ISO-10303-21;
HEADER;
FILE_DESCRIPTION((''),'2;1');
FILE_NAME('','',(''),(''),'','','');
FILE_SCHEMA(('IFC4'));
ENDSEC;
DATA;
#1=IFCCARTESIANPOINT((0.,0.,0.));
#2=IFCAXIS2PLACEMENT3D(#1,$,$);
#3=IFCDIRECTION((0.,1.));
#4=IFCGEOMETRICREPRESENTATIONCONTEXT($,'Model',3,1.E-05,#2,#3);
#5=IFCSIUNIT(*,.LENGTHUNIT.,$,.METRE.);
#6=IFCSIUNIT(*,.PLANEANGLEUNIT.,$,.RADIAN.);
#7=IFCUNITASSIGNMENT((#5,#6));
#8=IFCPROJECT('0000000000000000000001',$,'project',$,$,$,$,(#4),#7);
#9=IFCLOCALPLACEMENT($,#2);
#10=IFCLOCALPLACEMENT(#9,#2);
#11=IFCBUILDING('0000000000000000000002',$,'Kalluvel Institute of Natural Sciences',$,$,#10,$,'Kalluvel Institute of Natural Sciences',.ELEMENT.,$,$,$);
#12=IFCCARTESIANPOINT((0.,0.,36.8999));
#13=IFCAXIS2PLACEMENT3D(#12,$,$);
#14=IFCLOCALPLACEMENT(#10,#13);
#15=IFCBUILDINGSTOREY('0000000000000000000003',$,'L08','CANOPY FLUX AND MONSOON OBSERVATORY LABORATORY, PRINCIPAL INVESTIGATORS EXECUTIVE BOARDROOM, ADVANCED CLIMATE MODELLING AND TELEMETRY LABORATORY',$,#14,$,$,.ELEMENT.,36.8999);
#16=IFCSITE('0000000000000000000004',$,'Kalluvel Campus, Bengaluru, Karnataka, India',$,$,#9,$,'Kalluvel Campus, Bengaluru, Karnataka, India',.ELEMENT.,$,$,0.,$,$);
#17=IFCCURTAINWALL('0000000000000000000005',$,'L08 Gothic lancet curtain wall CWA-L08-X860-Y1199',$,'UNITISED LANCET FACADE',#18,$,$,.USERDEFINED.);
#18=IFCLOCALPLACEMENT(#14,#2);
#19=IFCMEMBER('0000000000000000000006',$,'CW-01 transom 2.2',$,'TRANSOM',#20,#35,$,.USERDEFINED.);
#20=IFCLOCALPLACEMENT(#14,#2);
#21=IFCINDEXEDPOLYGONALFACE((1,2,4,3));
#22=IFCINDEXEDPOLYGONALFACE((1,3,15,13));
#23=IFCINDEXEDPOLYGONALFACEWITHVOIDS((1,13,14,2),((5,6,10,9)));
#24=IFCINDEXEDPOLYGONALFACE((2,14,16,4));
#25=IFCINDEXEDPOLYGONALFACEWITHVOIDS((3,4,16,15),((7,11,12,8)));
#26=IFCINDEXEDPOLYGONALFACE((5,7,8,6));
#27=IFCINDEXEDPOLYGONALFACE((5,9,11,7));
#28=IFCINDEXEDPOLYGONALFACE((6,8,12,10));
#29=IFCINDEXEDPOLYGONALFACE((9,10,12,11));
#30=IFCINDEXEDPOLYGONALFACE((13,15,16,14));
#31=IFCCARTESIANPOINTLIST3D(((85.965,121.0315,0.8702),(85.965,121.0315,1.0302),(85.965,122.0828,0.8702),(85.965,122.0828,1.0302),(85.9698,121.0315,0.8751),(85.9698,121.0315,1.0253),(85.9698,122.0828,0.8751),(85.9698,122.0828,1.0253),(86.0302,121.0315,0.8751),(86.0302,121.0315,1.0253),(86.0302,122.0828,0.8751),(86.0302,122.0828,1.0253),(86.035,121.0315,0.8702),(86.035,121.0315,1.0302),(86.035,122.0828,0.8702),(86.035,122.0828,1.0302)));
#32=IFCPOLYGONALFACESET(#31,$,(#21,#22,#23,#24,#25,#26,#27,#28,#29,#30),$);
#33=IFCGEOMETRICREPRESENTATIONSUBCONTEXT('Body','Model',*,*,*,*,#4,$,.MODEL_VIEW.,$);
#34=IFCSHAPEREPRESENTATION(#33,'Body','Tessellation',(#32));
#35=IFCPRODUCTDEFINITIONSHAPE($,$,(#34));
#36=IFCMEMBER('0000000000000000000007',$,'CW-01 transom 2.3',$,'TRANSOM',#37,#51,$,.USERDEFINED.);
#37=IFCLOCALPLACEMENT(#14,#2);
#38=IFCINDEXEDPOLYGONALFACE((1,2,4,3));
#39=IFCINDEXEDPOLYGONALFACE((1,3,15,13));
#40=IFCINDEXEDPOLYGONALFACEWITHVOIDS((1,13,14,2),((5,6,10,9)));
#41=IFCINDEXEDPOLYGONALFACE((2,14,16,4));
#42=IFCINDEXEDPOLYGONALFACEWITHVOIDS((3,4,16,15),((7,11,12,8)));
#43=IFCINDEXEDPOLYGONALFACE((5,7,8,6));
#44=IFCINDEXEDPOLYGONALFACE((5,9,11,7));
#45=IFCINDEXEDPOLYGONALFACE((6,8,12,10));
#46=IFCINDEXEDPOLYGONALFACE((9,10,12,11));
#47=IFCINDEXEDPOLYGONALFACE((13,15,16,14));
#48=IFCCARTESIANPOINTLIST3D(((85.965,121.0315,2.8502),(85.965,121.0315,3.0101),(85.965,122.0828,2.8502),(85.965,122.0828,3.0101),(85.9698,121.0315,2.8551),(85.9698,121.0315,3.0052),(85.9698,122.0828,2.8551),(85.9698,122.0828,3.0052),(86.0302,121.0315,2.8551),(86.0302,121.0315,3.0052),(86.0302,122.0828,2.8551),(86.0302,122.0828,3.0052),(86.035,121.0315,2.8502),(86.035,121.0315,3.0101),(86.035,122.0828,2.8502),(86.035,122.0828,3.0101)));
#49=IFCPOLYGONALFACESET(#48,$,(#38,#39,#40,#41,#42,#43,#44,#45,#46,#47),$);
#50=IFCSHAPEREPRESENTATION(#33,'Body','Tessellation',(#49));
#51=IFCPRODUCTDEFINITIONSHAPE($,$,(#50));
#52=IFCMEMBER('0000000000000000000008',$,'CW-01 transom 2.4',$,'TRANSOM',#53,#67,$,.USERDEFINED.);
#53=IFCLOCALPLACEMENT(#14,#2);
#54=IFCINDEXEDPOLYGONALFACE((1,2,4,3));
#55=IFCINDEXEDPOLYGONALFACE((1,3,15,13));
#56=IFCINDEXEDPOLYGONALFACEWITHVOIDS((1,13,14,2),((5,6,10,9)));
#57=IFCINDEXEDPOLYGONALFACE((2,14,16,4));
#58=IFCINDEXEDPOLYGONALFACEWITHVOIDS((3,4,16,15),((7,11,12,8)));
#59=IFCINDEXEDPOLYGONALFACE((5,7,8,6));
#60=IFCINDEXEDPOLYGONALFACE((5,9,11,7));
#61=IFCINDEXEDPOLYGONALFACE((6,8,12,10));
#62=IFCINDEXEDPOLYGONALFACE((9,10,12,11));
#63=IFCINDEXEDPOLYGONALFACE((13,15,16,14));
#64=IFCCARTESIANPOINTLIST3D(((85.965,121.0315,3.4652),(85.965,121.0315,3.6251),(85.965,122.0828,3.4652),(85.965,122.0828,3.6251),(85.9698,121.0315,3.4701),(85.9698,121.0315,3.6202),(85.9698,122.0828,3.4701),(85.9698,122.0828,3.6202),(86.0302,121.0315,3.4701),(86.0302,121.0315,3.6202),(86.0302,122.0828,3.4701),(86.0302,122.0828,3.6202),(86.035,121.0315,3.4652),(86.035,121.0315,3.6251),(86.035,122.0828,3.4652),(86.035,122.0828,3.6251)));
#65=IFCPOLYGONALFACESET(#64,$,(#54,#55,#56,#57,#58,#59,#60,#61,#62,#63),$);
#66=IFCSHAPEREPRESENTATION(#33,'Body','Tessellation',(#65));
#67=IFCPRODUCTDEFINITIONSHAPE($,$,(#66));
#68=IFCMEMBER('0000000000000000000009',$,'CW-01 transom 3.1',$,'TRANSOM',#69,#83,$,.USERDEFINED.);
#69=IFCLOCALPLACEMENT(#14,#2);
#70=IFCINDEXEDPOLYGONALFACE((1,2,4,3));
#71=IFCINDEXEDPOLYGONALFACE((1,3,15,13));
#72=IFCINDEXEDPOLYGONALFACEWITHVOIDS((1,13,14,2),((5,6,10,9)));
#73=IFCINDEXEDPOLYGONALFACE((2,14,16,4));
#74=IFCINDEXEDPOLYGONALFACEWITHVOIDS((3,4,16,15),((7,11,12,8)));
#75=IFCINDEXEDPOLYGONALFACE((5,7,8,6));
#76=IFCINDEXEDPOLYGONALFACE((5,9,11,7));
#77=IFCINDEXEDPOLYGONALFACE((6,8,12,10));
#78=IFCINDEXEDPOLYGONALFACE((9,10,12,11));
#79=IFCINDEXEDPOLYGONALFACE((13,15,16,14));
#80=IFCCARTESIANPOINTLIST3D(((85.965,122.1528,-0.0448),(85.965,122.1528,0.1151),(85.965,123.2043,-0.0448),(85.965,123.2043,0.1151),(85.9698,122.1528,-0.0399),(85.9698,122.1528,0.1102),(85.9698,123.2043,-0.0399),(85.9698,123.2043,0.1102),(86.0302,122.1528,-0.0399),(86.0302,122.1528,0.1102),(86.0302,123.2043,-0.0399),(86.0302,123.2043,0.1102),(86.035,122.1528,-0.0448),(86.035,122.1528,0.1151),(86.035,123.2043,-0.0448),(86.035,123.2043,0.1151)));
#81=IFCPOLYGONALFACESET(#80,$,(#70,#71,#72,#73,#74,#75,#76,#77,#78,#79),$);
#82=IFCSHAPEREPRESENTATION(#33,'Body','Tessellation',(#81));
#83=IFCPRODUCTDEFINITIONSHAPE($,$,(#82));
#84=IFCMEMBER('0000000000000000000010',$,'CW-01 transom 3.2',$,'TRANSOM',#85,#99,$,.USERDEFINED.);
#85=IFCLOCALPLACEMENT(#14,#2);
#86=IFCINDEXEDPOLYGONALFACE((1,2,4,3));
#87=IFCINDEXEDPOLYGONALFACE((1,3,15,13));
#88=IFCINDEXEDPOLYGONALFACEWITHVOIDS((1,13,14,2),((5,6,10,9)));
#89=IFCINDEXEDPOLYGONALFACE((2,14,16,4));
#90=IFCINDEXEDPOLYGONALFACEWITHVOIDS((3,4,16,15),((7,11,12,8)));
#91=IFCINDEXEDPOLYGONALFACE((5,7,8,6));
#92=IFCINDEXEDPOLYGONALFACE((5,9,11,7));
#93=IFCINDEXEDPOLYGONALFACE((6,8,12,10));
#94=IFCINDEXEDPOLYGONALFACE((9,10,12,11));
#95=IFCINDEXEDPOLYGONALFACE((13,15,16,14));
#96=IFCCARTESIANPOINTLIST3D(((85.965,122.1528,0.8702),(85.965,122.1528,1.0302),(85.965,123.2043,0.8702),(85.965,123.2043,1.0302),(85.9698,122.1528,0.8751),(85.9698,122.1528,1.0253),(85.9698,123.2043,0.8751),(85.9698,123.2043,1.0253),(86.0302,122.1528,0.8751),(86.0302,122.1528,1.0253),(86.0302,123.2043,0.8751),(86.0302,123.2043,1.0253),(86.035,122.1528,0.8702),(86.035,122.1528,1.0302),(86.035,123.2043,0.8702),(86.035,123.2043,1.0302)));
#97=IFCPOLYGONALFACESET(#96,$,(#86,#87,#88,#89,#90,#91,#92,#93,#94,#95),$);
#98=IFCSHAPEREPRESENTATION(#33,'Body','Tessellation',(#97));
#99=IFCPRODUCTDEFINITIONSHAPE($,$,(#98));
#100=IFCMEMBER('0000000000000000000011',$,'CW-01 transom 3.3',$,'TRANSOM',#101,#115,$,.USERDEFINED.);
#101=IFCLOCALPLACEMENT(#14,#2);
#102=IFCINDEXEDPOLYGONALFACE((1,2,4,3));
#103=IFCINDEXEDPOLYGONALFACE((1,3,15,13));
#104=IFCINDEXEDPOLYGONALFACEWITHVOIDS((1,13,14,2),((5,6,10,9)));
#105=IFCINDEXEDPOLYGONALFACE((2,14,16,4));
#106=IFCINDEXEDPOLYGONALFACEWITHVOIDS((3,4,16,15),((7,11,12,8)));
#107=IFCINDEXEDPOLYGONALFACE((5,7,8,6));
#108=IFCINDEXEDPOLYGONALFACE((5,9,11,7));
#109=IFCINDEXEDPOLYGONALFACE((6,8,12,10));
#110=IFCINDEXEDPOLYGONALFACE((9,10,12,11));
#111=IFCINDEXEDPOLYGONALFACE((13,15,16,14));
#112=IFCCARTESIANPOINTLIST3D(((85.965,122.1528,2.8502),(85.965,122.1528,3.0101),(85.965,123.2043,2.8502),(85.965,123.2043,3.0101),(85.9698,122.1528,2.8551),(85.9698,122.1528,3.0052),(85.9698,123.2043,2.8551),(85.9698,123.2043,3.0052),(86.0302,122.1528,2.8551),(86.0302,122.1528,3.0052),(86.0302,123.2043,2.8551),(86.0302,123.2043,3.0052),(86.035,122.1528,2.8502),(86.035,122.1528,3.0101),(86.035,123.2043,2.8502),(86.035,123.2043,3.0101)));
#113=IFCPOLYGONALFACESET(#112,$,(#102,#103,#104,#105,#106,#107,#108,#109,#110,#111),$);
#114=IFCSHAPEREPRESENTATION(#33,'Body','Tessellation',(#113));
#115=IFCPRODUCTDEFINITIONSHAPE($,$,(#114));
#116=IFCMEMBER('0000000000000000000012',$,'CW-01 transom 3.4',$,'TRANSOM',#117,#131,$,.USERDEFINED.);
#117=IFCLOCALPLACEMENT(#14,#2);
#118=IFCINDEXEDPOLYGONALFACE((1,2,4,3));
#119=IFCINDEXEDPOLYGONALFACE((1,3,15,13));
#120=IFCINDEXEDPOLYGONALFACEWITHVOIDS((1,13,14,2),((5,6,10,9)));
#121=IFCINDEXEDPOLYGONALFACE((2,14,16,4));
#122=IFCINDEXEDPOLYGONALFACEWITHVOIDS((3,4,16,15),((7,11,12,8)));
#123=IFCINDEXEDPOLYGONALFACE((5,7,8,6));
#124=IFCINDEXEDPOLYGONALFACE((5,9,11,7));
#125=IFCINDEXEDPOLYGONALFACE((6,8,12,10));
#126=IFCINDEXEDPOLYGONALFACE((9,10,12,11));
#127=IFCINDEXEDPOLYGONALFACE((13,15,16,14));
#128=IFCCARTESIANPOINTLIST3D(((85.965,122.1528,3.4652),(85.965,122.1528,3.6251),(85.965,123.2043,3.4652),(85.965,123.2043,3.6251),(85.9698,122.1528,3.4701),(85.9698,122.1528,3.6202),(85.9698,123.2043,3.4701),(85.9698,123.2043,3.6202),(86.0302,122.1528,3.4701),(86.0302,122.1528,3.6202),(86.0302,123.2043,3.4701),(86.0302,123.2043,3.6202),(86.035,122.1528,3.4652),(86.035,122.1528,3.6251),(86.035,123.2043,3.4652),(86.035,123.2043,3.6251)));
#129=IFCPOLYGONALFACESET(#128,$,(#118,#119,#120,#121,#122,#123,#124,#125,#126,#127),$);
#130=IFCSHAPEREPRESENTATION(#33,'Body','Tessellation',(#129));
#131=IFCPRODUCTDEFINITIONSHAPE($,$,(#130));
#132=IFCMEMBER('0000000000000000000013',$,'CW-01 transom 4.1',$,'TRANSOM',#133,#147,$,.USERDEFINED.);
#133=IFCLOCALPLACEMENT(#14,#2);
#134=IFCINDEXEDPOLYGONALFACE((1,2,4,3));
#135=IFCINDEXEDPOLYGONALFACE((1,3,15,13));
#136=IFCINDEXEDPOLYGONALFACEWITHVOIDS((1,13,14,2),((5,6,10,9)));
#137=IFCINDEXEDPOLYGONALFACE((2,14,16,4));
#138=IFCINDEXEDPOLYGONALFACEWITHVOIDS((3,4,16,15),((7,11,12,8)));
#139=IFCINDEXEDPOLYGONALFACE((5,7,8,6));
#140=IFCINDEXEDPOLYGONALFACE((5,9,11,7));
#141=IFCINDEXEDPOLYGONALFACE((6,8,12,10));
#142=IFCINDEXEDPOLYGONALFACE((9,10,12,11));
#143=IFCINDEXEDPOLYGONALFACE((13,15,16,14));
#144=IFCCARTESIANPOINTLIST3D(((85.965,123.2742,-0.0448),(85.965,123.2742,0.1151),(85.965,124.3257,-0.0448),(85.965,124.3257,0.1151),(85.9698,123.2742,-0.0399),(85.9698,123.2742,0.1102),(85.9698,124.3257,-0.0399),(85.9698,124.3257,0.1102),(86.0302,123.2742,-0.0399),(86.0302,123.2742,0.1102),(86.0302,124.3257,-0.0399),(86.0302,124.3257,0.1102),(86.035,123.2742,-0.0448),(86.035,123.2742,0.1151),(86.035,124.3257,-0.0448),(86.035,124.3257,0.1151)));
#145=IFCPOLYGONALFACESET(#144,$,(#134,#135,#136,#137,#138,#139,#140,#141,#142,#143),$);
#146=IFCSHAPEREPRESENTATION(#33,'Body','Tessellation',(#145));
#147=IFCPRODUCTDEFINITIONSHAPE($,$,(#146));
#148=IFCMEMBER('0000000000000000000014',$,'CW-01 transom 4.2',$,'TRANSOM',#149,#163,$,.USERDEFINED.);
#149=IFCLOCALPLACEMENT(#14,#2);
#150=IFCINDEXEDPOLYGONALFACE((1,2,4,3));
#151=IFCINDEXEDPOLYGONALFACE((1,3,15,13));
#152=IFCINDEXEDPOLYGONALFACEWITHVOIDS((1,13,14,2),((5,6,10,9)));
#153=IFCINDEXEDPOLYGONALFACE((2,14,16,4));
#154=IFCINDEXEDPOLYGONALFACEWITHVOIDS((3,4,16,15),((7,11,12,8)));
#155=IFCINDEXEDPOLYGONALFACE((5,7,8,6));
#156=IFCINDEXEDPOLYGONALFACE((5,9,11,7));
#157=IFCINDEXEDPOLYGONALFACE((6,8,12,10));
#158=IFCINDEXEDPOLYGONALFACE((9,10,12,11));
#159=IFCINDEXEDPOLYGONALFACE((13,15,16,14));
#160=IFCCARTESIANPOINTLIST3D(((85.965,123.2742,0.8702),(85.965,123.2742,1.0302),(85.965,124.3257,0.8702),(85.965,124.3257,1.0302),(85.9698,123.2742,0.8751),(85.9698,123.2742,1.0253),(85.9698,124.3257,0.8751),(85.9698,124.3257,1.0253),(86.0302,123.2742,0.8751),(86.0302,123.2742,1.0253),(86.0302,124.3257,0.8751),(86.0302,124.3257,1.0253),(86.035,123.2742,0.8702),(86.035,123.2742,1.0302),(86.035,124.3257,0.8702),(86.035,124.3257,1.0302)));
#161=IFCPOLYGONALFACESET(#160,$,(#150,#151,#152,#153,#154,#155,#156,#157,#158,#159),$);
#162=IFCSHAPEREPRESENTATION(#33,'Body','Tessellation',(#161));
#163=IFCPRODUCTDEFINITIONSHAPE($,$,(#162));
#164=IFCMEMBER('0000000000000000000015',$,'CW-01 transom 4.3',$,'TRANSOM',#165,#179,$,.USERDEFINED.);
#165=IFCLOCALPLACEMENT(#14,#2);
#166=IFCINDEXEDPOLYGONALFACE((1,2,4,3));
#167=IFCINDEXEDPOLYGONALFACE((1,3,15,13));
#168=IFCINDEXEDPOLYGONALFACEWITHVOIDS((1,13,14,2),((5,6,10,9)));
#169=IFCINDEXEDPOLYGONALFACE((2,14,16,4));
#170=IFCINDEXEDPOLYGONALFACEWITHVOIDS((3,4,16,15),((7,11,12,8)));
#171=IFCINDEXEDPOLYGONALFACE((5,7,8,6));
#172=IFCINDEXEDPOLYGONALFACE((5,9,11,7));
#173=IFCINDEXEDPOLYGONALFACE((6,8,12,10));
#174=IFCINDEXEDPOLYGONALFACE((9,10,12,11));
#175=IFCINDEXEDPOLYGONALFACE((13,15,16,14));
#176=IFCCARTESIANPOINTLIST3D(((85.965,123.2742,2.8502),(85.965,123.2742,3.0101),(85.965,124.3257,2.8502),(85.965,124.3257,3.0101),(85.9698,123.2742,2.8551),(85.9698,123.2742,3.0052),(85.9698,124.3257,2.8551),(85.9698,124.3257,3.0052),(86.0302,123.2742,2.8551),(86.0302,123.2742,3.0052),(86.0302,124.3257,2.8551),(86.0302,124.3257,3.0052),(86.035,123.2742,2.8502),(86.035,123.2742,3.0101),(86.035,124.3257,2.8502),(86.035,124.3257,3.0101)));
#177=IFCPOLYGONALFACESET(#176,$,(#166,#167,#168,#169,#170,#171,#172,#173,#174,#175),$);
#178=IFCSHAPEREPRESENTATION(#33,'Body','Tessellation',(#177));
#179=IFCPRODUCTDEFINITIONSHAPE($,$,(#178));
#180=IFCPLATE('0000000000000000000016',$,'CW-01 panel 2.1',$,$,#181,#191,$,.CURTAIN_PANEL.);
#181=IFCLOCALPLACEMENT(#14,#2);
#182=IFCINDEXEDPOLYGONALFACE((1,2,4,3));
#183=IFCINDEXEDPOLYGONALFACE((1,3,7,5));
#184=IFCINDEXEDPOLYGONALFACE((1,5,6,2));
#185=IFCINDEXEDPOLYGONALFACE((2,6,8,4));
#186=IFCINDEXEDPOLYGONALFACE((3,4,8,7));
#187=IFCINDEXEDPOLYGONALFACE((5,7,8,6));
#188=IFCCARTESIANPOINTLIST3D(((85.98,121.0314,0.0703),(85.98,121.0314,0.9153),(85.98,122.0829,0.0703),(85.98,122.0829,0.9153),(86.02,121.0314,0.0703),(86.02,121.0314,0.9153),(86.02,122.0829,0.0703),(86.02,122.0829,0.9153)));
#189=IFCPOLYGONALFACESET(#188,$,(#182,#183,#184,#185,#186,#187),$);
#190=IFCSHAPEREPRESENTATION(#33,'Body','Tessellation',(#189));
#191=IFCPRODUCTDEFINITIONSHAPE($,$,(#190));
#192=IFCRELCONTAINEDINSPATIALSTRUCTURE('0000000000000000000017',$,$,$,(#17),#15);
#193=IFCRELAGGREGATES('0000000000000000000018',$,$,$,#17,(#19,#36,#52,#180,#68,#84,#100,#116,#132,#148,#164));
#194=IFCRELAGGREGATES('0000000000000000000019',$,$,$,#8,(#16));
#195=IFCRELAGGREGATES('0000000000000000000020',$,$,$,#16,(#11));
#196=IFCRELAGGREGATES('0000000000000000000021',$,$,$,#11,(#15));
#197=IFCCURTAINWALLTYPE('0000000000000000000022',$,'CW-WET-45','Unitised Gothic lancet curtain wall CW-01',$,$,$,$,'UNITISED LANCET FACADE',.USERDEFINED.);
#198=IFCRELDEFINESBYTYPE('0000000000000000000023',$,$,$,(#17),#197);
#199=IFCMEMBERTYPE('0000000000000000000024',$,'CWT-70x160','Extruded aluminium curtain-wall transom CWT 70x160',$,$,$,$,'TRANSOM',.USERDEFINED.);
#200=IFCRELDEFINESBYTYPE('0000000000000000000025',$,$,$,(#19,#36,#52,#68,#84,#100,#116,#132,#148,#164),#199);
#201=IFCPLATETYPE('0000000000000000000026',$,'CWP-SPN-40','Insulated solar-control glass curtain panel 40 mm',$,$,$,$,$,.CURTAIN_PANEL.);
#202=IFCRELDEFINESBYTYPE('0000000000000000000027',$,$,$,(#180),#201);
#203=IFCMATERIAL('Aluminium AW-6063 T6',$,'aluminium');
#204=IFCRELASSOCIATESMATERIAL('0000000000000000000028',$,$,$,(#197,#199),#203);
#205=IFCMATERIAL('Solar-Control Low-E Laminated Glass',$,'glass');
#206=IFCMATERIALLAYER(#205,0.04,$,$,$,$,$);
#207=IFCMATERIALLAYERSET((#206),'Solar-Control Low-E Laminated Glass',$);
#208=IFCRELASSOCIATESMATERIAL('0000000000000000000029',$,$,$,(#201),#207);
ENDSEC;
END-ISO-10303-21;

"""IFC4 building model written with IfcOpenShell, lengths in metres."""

from ifc_helpers import new_model, si_unit, direction, frame, origin, origin_2d, place, context, subcontext, project, spatial, rectangle, hollow_rectangle, extrude, material, layer, layer_set, material_profile, profile_set, type_object, element, aggregate, save


model = new_model("IFC4")

# Units and contexts
model_context = context("Model", 3, precision=1e-05, world=origin(), true_north=direction((0.0, 1.0)))
body_context = subcontext(model_context, "Body", "Model", "MODEL_VIEW")
ifc_project = project(units=[si_unit("LENGTHUNIT", "METRE"), si_unit("PLANEANGLEUNIT", "RADIAN")], contexts=[model_context])

# Site, building, storey
site_placement = place(None, origin())
site = spatial("IfcSite", under=ifc_project, at=site_placement, Name="Kalluvel Campus, Bengaluru, Karnataka, India", LongName="Kalluvel Campus, Bengaluru, Karnataka, India", CompositionType="ELEMENT", RefElevation=0.0)
building_placement = place(site_placement, origin())
building = spatial("IfcBuilding", under=site, at=building_placement, Name="Kalluvel Institute of Natural Sciences", LongName="Kalluvel Institute of Natural Sciences", CompositionType="ELEMENT")
storey_placement = place(building_placement, frame((0.0, 0.0, 36.8999)))
storey = spatial("IfcBuildingStorey", under=building, at=storey_placement, Name="L08", Description="CANOPY FLUX AND MONSOON OBSERVATORY LABORATORY, PRINCIPAL INVESTIGATORS EXECUTIVE BOARDROOM, ADVANCED CLIMATE MODELLING AND TELEMETRY LABORATORY", CompositionType="ELEMENT", Elevation=36.8999)

# Curtain wall, members, plate
ifc_material_1 = material(Name="Aluminium AW-6063 T6", Category="aluminium")
curtain_wall_type = type_object("IfcCurtainWallType", Name="CW-WET-45", Description="Unitised Gothic lancet curtain wall CW-01", ElementType="UNITISED LANCET FACADE", PredefinedType="USERDEFINED", material=ifc_material_1)
curtain_wall_placement = place(storey_placement, origin())
curtain_wall = element("IfcCurtainWall", 1, at=curtain_wall_placement, inside=storey, type_object=curtain_wall_type, Name="L08 Gothic lancet curtain wall CWA-L08-X860-Y1199", ObjectType="UNITISED LANCET FACADE", PredefinedType="USERDEFINED")
ifc_material_profile_1 = material_profile(ifc_material_1, hollow_rectangle(XDim=0.0701, YDim=0.1599, WallThickness=0.0049, at=origin_2d()), Name="CWT 70x160")
ifc_profile_set_1 = profile_set([ifc_material_profile_1], Name="Aluminium AW-6063 T6")
member_type_1 = type_object("IfcMemberType", Name="CWT-70x160", Description="Extruded aluminium curtain-wall transom CWT 70x160", ElementType="TRANSOM", PredefinedType="USERDEFINED", material=ifc_profile_set_1)
member_1_placement = place(storey_placement, frame((86.0, 121.0315, 0.9502), z_axis=(0.0, 1.0, 0.0), x_axis=(-1.0, 0.0, 0.0)))
member_1 = element("IfcMember", 2, at=member_1_placement, type_object=member_type_1, Name="CW-01 transom 2.2", ObjectType="TRANSOM", PredefinedType="USERDEFINED", context=body_context, shape_type="SweptSolid", body=[
    extrude(hollow_rectangle(XDim=0.0701, YDim=0.1599, WallThickness=0.0049, at=origin_2d()), origin(), (0.0, 0.0, 1.0), 1.0513),
])
member_2_placement = place(storey_placement, frame((86.0, 121.0315, 2.9302), z_axis=(0.0, 1.0, 0.0), x_axis=(-1.0, 0.0, 0.0)))
member_2 = element("IfcMember", 3, at=member_2_placement, type_object=member_type_1, Name="CW-01 transom 2.3", ObjectType="TRANSOM", PredefinedType="USERDEFINED", context=body_context, shape_type="SweptSolid", body=[
    extrude(hollow_rectangle(XDim=0.0701, YDim=0.1599, WallThickness=0.0049, at=origin_2d()), origin(), (0.0, 0.0, 1.0), 1.0513),
])
member_3_placement = place(storey_placement, frame((86.0, 121.0315, 3.5452), z_axis=(0.0, 1.0, 0.0), x_axis=(-1.0, 0.0, 0.0)))
member_3 = element("IfcMember", 4, at=member_3_placement, type_object=member_type_1, Name="CW-01 transom 2.4", ObjectType="TRANSOM", PredefinedType="USERDEFINED", context=body_context, shape_type="SweptSolid", body=[
    extrude(hollow_rectangle(XDim=0.0701, YDim=0.1599, WallThickness=0.0049, at=origin_2d()), origin(), (0.0, 0.0, 1.0), 1.0513),
])
member_4_placement = place(storey_placement, frame((86.0, 122.1528, 0.0352), z_axis=(0.0, 1.0, 0.0), x_axis=(-1.0, 0.0, 0.0)))
member_4 = element("IfcMember", 5, at=member_4_placement, type_object=member_type_1, Name="CW-01 transom 3.1", ObjectType="TRANSOM", PredefinedType="USERDEFINED", context=body_context, shape_type="SweptSolid", body=[
    extrude(hollow_rectangle(XDim=0.0701, YDim=0.1599, WallThickness=0.0049, at=origin_2d()), origin(), (0.0, 0.0, 1.0), 1.0515),
])
member_5_placement = place(storey_placement, frame((86.0, 122.1528, 0.9502), z_axis=(0.0, 1.0, 0.0), x_axis=(-1.0, 0.0, 0.0)))
member_5 = element("IfcMember", 6, at=member_5_placement, type_object=member_type_1, Name="CW-01 transom 3.2", ObjectType="TRANSOM", PredefinedType="USERDEFINED", context=body_context, shape_type="SweptSolid", body=[
    extrude(hollow_rectangle(XDim=0.0701, YDim=0.1599, WallThickness=0.0049, at=origin_2d()), origin(), (0.0, 0.0, 1.0), 1.0515),
])
member_6_placement = place(storey_placement, frame((86.0, 122.1528, 2.9302), z_axis=(0.0, 1.0, 0.0), x_axis=(-1.0, 0.0, 0.0)))
member_6 = element("IfcMember", 7, at=member_6_placement, type_object=member_type_1, Name="CW-01 transom 3.3", ObjectType="TRANSOM", PredefinedType="USERDEFINED", context=body_context, shape_type="SweptSolid", body=[
    extrude(hollow_rectangle(XDim=0.0701, YDim=0.1599, WallThickness=0.0049, at=origin_2d()), origin(), (0.0, 0.0, 1.0), 1.0515),
])
member_7_placement = place(storey_placement, frame((86.0, 122.1528, 3.5452), z_axis=(0.0, 1.0, 0.0), x_axis=(-1.0, 0.0, 0.0)))
member_7 = element("IfcMember", 8, at=member_7_placement, type_object=member_type_1, Name="CW-01 transom 3.4", ObjectType="TRANSOM", PredefinedType="USERDEFINED", context=body_context, shape_type="SweptSolid", body=[
    extrude(hollow_rectangle(XDim=0.0701, YDim=0.1599, WallThickness=0.0049, at=origin_2d()), origin(), (0.0, 0.0, 1.0), 1.0515),
])
member_8_placement = place(storey_placement, frame((86.0, 123.2742, 0.0352), z_axis=(0.0, 1.0, 0.0), x_axis=(-1.0, 0.0, 0.0)))
member_8 = element("IfcMember", 9, at=member_8_placement, type_object=member_type_1, Name="CW-01 transom 4.1", ObjectType="TRANSOM", PredefinedType="USERDEFINED", context=body_context, shape_type="SweptSolid", body=[
    extrude(hollow_rectangle(XDim=0.0701, YDim=0.1599, WallThickness=0.0049, at=origin_2d()), origin(), (0.0, 0.0, 1.0), 1.0515),
])
member_9_placement = place(storey_placement, frame((86.0, 123.2742, 0.9502), z_axis=(0.0, 1.0, 0.0), x_axis=(-1.0, 0.0, 0.0)))
member_9 = element("IfcMember", 10, at=member_9_placement, type_object=member_type_1, Name="CW-01 transom 4.2", ObjectType="TRANSOM", PredefinedType="USERDEFINED", context=body_context, shape_type="SweptSolid", body=[
    extrude(hollow_rectangle(XDim=0.0701, YDim=0.1599, WallThickness=0.0049, at=origin_2d()), origin(), (0.0, 0.0, 1.0), 1.0515),
])
member_10_placement = place(storey_placement, frame((86.0, 123.2742, 2.9302), z_axis=(0.0, 1.0, 0.0), x_axis=(-1.0, 0.0, 0.0)))
member_10 = element("IfcMember", 11, at=member_10_placement, type_object=member_type_1, Name="CW-01 transom 4.3", ObjectType="TRANSOM", PredefinedType="USERDEFINED", context=body_context, shape_type="SweptSolid", body=[
    extrude(hollow_rectangle(XDim=0.0701, YDim=0.1599, WallThickness=0.0049, at=origin_2d()), origin(), (0.0, 0.0, 1.0), 1.0515),
])
ifc_material_2 = material(Name="Solar-Control Low-E Laminated Glass", Category="glass")
ifc_layer = layer(ifc_material_2, 0.04)
ifc_layer_set = layer_set([ifc_layer], Name="Solar-Control Low-E Laminated Glass")
plate_type = type_object("IfcPlateType", Name="CWP-SPN-40", Description="Insulated solar-control glass curtain panel 40 mm", PredefinedType="CURTAIN_PANEL", material=ifc_layer_set)
plate_1_placement = place(storey_placement, frame((86.0, 121.5571, 0.0703), z_axis=(0.0, 0.0, 1.0), x_axis=(0.0, 1.0, 0.0)))
plate_1 = element("IfcPlate", 12, at=plate_1_placement, type_object=plate_type, Name="CW-01 panel 2.1", PredefinedType="CURTAIN_PANEL", context=body_context, shape_type="SweptSolid", body=[
    extrude(rectangle(XDim=1.0515, YDim=0.04, at=origin_2d()), origin(), (0.0, 0.0, 1.0), 0.845),
])
aggregate(curtain_wall, [member_1, member_2, member_3, plate_1, member_4, member_5, member_6, member_7, member_8, member_9, member_10])

save(model, "model.ifc")
